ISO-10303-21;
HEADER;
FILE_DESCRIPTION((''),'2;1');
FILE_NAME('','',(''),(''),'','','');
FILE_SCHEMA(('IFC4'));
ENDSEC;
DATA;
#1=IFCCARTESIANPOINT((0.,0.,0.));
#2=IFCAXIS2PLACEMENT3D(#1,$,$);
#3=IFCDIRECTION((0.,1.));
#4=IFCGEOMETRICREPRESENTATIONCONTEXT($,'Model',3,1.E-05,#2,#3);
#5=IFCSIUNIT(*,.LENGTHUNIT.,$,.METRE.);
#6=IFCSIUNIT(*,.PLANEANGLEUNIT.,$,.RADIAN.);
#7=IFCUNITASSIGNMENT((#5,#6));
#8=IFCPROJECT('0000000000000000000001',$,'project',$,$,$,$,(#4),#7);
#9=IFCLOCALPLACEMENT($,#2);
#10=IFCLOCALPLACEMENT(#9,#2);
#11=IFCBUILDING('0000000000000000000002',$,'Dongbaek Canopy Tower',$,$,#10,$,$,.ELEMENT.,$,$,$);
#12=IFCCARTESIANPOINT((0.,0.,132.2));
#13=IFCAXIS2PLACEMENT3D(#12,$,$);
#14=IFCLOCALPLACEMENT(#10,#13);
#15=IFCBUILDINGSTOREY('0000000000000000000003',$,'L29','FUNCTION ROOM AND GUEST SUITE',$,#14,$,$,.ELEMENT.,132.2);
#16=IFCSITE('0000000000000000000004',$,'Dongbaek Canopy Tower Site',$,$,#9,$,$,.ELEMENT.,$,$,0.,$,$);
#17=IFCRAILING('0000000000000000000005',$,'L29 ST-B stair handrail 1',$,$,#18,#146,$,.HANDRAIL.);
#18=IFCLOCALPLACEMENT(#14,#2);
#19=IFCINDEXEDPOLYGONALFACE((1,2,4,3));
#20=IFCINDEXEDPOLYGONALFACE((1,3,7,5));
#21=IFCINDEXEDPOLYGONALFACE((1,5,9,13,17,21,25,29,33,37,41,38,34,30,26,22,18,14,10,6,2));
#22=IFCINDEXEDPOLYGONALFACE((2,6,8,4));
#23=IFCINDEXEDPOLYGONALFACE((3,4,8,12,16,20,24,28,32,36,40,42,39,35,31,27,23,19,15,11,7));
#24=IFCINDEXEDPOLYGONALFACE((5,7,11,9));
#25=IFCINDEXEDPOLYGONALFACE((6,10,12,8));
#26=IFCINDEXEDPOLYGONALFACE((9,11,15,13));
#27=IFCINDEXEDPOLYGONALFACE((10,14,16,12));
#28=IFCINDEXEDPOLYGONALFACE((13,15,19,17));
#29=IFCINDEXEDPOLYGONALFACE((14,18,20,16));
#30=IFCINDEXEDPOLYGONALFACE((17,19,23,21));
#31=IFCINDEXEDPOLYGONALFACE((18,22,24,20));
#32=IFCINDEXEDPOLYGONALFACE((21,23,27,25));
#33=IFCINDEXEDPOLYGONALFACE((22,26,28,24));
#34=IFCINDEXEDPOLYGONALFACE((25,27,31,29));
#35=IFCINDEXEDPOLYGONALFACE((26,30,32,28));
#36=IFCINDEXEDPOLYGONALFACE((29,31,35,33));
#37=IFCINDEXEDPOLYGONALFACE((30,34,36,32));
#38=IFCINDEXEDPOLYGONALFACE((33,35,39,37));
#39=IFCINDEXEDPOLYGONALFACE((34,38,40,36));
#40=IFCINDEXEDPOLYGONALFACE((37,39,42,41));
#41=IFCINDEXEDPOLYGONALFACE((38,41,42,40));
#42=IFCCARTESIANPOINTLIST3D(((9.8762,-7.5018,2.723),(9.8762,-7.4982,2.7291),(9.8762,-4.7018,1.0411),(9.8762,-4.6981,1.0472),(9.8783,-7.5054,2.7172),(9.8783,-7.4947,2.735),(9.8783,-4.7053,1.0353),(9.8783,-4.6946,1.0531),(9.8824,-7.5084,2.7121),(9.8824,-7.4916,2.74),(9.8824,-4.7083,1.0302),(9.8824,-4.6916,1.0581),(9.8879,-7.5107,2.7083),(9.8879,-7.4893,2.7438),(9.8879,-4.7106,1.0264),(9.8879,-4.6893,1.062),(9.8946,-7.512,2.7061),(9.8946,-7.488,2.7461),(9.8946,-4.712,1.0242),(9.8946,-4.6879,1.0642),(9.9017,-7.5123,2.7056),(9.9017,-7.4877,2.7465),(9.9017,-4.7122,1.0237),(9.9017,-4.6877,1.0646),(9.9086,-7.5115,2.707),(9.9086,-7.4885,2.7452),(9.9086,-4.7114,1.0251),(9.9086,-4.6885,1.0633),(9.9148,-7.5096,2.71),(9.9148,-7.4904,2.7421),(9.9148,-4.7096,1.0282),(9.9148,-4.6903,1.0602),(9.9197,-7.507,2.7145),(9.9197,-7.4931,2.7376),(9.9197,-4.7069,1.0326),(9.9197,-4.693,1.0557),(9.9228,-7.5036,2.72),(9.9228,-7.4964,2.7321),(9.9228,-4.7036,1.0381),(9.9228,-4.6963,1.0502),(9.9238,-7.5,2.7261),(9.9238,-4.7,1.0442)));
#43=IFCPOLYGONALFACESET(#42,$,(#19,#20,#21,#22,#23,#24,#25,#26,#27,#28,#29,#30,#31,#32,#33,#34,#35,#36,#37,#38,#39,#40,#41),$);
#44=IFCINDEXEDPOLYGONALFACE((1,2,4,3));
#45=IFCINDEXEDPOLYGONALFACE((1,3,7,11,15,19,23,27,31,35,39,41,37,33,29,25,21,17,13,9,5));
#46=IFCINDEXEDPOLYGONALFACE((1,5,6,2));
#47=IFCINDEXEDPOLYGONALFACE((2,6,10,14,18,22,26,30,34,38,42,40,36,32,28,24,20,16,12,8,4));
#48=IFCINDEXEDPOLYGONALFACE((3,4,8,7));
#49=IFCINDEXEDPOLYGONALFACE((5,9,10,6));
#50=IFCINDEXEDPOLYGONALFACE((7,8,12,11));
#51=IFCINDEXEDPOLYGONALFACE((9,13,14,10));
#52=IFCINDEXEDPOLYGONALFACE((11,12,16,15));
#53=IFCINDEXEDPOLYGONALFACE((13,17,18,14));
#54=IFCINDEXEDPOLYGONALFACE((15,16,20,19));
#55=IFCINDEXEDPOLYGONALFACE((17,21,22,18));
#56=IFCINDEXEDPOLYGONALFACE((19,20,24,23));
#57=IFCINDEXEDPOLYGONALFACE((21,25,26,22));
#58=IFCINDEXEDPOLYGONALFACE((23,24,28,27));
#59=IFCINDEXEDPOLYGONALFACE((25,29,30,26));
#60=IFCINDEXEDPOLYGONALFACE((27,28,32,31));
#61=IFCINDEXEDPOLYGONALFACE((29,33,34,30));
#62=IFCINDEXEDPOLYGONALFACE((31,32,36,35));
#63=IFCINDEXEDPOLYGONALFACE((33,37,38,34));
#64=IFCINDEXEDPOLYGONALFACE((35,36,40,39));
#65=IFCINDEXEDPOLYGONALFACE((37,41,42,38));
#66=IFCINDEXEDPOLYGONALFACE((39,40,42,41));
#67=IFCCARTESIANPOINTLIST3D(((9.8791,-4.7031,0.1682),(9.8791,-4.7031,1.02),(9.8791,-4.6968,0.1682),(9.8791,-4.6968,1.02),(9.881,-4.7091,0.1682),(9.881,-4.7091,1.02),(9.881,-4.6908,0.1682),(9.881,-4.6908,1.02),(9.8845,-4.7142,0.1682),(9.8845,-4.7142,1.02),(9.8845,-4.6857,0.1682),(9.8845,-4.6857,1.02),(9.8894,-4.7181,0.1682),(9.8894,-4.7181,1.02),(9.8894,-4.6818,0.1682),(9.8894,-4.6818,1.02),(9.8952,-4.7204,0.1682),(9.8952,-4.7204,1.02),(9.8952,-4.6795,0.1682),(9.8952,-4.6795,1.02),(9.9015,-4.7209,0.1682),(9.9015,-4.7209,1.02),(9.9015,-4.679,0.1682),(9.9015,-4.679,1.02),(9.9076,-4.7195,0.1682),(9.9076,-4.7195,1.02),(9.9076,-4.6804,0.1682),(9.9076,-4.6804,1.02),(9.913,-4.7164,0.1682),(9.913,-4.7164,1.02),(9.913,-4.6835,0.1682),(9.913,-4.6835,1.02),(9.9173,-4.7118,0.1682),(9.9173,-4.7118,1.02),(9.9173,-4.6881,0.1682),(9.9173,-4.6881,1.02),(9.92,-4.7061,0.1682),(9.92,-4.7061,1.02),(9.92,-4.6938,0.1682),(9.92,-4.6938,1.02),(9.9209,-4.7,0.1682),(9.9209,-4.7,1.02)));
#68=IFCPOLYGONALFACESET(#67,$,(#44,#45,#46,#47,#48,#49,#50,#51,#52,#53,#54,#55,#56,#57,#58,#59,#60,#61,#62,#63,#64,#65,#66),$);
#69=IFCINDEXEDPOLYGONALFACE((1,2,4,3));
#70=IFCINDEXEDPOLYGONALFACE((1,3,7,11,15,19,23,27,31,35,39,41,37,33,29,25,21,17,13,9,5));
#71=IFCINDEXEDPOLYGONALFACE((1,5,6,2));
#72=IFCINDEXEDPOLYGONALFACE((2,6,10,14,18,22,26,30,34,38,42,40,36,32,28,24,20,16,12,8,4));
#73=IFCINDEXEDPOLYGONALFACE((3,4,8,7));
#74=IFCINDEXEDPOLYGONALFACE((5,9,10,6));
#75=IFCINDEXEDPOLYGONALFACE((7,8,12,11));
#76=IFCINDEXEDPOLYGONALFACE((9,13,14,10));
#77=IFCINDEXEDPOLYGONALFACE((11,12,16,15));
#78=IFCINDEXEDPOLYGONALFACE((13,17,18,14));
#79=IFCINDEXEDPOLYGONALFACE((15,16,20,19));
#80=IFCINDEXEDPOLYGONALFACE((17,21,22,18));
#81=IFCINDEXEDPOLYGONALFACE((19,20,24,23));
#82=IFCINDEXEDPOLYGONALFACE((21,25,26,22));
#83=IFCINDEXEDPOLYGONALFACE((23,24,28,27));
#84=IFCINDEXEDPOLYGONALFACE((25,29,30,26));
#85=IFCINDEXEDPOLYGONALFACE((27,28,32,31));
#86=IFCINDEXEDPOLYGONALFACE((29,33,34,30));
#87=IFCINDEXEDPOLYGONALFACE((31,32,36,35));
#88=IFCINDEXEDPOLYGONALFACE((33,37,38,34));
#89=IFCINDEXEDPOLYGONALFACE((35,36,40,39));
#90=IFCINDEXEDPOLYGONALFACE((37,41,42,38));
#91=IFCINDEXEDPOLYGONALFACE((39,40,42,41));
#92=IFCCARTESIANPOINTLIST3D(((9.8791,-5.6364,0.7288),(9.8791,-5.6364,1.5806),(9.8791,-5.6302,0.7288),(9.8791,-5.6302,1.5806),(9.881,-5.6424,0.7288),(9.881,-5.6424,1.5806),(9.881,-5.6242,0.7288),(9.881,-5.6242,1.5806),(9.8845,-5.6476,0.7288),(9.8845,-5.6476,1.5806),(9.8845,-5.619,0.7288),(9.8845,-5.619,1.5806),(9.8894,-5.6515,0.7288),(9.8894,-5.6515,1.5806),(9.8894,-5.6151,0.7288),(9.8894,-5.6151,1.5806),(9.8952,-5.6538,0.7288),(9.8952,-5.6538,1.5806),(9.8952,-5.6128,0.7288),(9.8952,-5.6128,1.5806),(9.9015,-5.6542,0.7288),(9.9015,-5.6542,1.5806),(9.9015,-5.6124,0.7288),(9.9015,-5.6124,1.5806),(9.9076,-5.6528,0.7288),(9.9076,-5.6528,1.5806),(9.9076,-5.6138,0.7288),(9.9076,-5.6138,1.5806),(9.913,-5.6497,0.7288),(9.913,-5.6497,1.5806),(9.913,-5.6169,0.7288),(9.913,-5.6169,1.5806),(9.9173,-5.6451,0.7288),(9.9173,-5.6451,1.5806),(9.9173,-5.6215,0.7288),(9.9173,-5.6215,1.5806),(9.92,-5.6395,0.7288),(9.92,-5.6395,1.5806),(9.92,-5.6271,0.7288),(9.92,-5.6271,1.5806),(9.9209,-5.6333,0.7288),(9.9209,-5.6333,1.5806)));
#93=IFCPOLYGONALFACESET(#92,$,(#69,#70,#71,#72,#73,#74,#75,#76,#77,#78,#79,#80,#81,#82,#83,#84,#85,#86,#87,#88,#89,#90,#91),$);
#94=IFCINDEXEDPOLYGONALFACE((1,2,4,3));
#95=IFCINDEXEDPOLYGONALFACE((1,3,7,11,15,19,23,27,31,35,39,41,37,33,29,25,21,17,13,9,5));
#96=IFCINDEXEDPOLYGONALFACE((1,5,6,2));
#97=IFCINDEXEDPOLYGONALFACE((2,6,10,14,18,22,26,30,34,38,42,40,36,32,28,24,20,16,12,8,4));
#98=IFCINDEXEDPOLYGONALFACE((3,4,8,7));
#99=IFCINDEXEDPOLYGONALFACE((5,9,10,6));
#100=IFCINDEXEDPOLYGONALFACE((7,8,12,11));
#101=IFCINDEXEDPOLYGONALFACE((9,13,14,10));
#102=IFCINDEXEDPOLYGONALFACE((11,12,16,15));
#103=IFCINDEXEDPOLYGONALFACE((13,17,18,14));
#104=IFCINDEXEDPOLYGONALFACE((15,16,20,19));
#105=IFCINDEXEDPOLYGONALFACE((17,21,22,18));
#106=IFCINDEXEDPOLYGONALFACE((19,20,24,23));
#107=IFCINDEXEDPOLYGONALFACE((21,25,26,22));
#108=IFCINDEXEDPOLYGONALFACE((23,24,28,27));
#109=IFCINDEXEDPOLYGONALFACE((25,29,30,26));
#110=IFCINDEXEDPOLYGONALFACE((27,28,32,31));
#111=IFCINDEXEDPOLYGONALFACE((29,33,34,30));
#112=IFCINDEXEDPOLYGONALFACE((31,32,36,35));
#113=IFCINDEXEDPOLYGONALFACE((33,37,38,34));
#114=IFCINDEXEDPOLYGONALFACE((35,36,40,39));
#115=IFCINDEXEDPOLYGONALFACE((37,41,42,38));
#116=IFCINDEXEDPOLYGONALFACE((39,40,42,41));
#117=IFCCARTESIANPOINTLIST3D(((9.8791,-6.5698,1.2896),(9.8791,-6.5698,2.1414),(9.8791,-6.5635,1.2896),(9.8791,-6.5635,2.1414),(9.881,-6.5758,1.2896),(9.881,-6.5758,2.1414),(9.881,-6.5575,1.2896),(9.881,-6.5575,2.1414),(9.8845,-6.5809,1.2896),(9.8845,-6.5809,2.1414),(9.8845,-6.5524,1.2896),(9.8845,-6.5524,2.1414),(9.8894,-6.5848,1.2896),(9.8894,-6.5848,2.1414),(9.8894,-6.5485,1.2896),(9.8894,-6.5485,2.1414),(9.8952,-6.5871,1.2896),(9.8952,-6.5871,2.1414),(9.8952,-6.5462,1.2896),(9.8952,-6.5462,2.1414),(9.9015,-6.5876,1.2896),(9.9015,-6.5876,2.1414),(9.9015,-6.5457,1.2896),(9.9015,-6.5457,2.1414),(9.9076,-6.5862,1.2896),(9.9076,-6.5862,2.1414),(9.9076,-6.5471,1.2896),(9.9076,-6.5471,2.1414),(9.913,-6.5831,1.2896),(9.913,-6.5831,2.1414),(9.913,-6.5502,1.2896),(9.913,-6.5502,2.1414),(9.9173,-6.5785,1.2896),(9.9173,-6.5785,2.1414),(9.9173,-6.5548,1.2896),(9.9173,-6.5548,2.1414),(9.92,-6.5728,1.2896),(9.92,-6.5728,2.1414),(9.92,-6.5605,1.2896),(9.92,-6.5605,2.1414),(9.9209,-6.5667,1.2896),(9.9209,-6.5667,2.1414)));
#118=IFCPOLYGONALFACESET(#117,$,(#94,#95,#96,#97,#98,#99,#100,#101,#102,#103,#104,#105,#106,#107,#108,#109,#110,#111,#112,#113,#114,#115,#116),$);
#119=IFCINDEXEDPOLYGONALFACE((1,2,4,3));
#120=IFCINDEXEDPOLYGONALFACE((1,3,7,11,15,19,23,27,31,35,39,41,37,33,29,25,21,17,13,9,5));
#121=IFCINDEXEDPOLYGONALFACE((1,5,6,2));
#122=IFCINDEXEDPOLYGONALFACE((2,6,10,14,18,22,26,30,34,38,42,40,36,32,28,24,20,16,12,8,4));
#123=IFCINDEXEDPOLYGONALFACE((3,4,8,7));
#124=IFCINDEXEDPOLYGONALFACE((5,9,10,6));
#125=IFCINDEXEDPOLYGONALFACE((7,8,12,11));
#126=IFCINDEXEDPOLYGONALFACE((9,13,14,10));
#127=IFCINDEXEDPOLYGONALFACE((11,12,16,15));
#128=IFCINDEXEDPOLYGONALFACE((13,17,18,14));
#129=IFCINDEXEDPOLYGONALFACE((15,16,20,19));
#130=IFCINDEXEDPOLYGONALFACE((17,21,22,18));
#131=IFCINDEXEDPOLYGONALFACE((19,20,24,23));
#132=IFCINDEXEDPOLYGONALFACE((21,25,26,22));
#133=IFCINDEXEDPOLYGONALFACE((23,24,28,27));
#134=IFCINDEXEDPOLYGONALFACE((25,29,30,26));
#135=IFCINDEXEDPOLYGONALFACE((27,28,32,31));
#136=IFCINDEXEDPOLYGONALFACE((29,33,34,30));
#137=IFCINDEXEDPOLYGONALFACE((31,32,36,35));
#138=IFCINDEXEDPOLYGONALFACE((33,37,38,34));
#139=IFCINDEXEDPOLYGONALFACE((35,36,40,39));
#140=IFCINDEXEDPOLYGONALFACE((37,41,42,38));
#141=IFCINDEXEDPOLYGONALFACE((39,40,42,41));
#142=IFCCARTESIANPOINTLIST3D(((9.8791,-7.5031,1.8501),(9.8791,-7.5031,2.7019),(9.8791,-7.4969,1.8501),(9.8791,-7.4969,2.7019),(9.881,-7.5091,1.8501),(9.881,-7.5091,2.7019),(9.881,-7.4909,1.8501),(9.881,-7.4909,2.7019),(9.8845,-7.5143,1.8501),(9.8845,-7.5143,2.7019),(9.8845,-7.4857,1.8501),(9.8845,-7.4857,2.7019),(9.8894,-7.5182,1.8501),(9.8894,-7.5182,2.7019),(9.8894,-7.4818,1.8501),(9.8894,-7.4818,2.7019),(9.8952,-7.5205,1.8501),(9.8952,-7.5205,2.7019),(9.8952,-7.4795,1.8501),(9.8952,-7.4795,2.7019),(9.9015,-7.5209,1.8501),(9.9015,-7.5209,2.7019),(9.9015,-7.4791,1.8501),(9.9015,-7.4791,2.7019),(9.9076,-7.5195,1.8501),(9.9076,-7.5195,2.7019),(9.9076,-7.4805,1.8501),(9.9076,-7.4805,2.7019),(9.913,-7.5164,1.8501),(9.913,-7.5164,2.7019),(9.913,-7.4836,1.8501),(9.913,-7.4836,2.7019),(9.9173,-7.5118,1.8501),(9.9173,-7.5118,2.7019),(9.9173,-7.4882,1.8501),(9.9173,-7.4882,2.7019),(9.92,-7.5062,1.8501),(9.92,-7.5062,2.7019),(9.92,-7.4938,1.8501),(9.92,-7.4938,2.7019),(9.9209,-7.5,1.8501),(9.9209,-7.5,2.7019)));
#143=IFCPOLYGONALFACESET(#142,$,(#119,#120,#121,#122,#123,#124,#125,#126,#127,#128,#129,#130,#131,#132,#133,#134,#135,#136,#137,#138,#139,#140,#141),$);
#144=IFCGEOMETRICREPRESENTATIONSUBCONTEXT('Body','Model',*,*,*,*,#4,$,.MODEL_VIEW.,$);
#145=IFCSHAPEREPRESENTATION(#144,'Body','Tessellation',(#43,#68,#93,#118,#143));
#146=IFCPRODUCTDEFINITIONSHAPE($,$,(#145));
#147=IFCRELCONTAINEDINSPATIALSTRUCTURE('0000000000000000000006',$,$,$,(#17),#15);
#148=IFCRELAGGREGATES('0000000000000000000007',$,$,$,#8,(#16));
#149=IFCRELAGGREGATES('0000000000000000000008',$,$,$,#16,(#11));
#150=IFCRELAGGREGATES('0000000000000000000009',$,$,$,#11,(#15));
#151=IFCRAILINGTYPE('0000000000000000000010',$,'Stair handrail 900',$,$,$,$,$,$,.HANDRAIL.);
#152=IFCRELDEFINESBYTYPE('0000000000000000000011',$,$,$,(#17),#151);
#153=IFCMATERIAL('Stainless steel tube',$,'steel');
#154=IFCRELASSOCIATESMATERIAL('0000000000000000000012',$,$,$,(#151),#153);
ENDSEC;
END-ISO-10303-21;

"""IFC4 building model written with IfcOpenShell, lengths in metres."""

from ifc_helpers import new_model, si_unit, direction, frame, origin, origin_2d, place, context, subcontext, project, spatial, circle, extrude, material, type_object, element, save


model = new_model("IFC4")

# Units and contexts
model_context = context("Model", 3, precision=1e-05, world=origin(), true_north=direction((0.0, 1.0)))
body_context = subcontext(model_context, "Body", "Model", "MODEL_VIEW")
ifc_project = project(units=[si_unit("LENGTHUNIT", "METRE"), si_unit("PLANEANGLEUNIT", "RADIAN")], contexts=[model_context])

# Site, building, storey
site_placement = place(None, origin())
site = spatial("IfcSite", under=ifc_project, at=site_placement, Name="Dongbaek Canopy Tower Site", CompositionType="ELEMENT", RefElevation=0.0)
building_placement = place(site_placement, origin())
building = spatial("IfcBuilding", under=site, at=building_placement, Name="Dongbaek Canopy Tower", CompositionType="ELEMENT")
storey_placement = place(building_placement, frame((0.0, 0.0, 132.2)))
storey = spatial("IfcBuildingStorey", under=building, at=storey_placement, Name="L29", Description="FUNCTION ROOM AND GUEST SUITE", CompositionType="ELEMENT", Elevation=132.2)

# Railing
ifc_material_1 = material(Name="Stainless steel tube", Category="steel")
railing_type_1 = type_object("IfcRailingType", Name="Stair handrail 900", PredefinedType="HANDRAIL", material=ifc_material_1)
railing_1_placement = place(storey_placement, frame((9.8999, -4.7, 0.1682)))
element("IfcRailing", 1, at=railing_1_placement, inside=storey, type_object=railing_type_1, Name="L29 ST-B stair handrail 1", PredefinedType="HANDRAIL", context=body_context, shape_type="SweptSolid", body=[
    extrude(circle(Radius=0.0239, at=origin_2d()), frame((0.0, 0.0, 0.876), z_axis=(0.0, -0.857242, 0.514913), x_axis=(1.0, 0.0, 0.0)), (0.0, 0.0, 1.0), 3.2664),
    extrude(circle(Radius=0.021, at=origin_2d()), origin(), (0.0, 0.0, 1.0), 0.8518),
    extrude(circle(Radius=0.021, at=origin_2d()), frame((0.0, -0.9333, 0.5605)), (0.0, 0.0, 1.0), 0.8518),
    extrude(circle(Radius=0.021, at=origin_2d()), frame((0.0, -1.8667, 1.1213)), (0.0, 0.0, 1.0), 0.8518),
    extrude(circle(Radius=0.021, at=origin_2d()), frame((0.0, -2.8, 1.6819)), (0.0, 0.0, 1.0), 0.8518),
])

save(model, "model.ifc")
